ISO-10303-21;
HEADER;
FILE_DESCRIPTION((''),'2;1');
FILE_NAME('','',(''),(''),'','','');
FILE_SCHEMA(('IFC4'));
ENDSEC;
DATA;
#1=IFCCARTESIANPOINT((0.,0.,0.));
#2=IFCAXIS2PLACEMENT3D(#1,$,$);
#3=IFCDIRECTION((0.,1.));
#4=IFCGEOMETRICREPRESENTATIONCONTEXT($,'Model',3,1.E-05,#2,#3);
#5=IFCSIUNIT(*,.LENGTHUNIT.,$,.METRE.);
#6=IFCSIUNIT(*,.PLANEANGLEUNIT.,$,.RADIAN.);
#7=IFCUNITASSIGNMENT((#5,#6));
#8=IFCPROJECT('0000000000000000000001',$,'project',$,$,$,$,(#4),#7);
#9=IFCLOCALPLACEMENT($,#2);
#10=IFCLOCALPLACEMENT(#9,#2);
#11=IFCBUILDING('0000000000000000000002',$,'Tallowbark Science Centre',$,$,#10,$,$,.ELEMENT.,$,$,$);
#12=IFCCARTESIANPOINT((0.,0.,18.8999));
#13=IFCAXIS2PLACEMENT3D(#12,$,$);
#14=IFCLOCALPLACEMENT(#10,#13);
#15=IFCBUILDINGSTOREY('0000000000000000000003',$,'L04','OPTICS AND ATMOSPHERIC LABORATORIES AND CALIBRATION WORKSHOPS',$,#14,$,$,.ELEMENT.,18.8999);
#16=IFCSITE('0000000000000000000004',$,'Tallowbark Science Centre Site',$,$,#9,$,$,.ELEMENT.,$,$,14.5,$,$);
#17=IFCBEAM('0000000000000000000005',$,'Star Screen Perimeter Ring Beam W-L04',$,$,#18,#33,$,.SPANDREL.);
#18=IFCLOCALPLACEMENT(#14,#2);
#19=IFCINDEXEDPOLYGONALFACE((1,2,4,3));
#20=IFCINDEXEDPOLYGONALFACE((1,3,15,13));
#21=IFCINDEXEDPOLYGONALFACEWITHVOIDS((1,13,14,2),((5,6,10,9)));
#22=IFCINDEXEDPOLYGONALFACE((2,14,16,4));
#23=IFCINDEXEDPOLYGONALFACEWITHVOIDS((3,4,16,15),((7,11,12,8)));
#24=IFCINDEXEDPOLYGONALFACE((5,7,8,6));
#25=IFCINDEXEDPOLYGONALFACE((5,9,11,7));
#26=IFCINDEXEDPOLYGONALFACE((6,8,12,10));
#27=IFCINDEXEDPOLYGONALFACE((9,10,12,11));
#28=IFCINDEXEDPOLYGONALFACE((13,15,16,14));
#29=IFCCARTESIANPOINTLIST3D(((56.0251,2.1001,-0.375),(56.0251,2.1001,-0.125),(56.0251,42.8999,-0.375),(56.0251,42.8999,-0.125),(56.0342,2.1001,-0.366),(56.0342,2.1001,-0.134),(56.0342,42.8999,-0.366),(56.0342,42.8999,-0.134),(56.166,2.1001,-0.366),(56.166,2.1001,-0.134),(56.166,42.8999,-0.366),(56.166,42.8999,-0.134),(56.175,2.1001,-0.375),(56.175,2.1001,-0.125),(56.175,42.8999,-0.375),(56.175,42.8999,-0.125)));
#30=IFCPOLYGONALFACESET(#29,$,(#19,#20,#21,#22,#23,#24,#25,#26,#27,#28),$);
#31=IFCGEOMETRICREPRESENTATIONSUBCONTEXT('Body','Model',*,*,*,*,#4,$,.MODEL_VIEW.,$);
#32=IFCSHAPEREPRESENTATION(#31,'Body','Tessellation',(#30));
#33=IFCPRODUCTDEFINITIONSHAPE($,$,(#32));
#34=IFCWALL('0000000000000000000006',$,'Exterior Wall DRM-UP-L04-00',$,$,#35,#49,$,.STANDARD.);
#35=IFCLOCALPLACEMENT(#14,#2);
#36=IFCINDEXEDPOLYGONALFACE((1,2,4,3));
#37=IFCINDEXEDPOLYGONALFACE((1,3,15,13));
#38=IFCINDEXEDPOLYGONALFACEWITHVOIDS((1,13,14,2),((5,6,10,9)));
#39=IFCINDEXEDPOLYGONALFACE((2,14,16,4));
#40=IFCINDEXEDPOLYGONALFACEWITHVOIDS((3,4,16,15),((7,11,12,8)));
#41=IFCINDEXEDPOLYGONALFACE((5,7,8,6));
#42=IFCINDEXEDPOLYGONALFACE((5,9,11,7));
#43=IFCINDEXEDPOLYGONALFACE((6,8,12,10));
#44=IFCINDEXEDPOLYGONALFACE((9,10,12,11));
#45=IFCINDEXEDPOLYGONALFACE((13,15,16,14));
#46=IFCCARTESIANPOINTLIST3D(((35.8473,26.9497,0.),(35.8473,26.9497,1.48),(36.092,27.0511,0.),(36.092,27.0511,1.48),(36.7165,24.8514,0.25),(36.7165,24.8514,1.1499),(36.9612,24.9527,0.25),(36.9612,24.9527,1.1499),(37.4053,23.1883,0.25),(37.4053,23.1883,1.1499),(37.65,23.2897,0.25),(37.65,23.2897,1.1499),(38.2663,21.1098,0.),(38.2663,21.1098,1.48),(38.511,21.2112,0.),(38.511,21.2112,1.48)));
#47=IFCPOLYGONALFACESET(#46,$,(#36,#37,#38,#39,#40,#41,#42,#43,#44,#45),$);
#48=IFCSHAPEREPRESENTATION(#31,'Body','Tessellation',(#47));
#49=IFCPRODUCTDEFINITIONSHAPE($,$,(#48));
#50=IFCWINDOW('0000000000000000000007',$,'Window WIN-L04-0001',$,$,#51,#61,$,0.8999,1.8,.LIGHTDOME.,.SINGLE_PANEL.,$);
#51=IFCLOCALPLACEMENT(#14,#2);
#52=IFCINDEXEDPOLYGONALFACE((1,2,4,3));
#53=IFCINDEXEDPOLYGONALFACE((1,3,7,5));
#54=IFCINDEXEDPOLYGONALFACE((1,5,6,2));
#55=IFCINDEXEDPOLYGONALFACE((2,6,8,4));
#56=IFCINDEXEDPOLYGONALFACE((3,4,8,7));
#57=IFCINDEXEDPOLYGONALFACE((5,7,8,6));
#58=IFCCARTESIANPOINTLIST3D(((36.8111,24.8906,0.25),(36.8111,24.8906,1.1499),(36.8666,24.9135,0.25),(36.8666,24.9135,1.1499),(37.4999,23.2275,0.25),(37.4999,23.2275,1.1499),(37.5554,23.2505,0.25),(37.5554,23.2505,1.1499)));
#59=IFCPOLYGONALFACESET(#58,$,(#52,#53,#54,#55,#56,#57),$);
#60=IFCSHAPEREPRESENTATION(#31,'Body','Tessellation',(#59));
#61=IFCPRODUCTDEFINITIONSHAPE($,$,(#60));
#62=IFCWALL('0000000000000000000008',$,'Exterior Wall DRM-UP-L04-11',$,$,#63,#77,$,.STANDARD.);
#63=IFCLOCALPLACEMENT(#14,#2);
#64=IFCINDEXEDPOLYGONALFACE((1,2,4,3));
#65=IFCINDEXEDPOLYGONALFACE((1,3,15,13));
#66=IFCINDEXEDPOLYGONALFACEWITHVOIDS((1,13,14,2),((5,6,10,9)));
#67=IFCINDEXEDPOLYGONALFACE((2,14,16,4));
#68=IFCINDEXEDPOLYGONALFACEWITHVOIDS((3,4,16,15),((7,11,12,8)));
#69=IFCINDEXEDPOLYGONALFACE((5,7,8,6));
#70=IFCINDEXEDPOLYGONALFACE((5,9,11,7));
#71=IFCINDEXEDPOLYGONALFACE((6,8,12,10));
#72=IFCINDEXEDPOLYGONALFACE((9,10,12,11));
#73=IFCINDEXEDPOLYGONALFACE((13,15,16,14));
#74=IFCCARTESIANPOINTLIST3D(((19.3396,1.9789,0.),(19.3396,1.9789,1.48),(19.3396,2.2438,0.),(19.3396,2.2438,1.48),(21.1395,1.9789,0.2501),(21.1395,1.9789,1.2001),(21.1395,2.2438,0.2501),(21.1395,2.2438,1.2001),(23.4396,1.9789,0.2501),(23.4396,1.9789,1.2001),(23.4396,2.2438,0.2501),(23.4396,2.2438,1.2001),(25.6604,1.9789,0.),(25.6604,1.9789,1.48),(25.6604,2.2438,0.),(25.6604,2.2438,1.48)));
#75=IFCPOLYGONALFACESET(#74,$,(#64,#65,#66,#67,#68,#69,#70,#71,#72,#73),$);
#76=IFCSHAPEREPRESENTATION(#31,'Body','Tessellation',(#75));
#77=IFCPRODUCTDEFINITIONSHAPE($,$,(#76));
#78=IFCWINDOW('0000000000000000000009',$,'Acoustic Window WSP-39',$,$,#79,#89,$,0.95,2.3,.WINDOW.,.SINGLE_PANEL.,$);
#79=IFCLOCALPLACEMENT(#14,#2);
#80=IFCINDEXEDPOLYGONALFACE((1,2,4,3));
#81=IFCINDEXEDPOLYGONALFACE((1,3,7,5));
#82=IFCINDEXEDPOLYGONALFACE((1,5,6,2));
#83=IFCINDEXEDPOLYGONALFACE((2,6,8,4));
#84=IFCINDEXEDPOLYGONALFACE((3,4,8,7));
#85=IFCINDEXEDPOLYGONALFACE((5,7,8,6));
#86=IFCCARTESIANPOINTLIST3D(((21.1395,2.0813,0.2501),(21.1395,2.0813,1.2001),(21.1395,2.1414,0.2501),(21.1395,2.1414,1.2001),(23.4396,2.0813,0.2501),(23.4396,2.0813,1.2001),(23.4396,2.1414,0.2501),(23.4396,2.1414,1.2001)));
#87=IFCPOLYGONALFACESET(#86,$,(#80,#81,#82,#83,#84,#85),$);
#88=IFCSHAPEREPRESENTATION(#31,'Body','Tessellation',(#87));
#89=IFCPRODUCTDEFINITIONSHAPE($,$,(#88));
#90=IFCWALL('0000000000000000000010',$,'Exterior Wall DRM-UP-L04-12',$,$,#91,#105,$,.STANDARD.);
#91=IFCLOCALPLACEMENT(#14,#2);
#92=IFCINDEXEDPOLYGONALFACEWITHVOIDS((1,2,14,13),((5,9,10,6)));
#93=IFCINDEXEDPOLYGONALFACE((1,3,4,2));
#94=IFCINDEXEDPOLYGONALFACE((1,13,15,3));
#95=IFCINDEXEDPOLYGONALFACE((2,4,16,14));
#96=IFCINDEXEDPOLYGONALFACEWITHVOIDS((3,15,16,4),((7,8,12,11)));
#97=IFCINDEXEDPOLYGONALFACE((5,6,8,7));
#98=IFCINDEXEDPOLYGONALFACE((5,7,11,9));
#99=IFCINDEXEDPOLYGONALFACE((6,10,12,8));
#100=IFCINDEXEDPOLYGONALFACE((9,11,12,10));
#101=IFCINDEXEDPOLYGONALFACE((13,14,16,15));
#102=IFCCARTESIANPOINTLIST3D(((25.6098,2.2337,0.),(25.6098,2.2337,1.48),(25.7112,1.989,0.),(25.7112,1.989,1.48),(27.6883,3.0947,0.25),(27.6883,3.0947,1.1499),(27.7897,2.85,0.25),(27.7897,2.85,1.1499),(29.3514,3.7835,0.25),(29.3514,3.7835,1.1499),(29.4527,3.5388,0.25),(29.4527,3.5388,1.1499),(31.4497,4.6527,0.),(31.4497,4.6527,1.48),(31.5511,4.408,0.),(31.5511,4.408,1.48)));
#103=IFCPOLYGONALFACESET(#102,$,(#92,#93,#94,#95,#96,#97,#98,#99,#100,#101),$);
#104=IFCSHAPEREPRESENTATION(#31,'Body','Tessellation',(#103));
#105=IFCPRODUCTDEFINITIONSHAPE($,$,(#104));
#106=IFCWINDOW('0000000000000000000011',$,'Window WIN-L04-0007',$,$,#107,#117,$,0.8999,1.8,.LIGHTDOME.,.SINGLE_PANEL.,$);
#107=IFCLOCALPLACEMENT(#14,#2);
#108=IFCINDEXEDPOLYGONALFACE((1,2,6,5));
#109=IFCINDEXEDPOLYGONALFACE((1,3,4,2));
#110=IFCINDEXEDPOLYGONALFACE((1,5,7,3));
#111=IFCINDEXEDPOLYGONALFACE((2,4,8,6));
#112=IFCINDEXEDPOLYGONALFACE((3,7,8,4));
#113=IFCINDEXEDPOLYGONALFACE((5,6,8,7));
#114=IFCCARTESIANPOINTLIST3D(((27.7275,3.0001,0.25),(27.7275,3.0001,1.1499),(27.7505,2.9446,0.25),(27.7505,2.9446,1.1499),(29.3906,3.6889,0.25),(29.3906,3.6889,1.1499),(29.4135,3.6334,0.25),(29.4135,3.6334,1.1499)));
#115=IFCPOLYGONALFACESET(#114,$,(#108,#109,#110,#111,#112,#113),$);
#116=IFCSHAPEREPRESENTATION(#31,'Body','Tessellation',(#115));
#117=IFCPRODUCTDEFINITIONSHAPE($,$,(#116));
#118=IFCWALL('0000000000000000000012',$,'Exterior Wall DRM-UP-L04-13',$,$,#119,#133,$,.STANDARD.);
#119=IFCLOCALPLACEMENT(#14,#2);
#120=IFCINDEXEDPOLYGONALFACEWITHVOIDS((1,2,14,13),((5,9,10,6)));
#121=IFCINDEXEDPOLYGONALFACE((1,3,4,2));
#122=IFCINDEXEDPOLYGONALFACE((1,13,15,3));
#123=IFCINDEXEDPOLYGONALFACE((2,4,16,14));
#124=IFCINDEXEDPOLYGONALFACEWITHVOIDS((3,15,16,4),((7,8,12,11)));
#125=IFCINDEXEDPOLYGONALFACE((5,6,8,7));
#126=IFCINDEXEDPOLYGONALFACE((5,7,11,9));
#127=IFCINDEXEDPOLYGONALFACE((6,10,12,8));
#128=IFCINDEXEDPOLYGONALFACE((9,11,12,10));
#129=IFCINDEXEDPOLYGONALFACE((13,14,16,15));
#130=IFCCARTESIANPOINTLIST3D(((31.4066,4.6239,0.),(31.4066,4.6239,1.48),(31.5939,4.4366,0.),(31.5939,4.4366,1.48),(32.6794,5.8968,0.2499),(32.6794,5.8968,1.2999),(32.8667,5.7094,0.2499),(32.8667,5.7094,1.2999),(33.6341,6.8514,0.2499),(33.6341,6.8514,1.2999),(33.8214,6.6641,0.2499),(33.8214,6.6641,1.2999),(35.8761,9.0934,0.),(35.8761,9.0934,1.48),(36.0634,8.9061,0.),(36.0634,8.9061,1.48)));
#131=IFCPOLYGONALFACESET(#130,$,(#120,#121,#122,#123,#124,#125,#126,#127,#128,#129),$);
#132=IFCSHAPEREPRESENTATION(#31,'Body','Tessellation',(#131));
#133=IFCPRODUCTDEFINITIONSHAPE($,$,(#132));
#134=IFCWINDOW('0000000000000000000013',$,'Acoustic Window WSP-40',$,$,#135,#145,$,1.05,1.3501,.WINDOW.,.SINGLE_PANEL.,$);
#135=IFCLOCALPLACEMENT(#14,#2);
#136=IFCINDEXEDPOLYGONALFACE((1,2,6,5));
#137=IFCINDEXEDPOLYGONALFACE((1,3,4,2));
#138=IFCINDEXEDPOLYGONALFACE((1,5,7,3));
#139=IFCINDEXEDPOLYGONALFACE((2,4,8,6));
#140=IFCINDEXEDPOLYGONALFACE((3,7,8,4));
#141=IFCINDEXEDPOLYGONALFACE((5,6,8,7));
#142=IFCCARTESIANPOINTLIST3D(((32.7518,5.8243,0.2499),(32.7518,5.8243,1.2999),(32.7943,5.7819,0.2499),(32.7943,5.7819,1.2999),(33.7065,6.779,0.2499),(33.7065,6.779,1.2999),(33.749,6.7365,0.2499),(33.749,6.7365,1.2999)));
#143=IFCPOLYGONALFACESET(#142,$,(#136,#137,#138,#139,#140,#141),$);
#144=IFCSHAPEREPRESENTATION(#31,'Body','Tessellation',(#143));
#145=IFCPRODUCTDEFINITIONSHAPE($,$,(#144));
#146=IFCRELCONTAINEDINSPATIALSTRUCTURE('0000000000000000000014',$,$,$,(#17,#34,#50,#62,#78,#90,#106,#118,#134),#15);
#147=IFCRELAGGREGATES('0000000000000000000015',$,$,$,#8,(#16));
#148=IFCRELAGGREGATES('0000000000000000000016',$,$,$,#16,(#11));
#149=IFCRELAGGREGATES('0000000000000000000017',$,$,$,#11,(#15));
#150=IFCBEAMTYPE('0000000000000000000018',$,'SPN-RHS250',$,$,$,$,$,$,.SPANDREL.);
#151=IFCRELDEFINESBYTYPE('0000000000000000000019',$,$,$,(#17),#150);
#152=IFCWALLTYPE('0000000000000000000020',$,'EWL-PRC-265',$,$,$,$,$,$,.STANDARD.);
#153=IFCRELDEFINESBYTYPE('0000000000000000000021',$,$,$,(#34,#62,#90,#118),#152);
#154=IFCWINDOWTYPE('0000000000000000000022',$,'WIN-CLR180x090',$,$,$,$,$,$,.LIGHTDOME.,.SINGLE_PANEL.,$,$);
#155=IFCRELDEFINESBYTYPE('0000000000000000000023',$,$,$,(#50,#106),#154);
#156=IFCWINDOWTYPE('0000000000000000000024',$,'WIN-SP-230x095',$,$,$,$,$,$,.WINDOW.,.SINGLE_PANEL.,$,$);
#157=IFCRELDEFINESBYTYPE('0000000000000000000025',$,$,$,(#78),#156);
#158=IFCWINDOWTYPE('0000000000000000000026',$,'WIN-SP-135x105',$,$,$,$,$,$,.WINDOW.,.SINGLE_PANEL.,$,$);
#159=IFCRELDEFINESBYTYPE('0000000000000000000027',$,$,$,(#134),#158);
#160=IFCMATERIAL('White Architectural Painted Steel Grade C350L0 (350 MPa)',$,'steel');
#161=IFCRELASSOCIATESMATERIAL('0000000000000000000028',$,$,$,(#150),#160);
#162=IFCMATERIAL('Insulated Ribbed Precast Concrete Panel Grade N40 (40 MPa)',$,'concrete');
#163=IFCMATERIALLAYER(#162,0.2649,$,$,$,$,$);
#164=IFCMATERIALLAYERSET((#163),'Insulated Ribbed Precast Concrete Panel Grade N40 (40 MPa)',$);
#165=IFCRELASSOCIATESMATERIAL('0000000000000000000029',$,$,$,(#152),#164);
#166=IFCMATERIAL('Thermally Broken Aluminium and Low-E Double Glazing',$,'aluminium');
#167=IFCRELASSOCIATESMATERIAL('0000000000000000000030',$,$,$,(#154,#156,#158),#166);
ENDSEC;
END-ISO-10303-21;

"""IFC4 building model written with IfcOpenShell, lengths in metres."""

from ifc_helpers import new_model, si_unit, direction, frame, frame_2d, origin, origin_2d, place, context, subcontext, project, spatial, rectangle, hollow_rectangle, extrude, material, layer, layer_set, material_profile, profile_set, type_object, element, fill, save


model = new_model("IFC4")

# Units and contexts
model_context = context("Model", 3, precision=1e-05, world=origin(), true_north=direction((0.0, 1.0)))
body_context = subcontext(model_context, "Body", "Model", "MODEL_VIEW")
ifc_project = project(units=[si_unit("LENGTHUNIT", "METRE"), si_unit("PLANEANGLEUNIT", "RADIAN")], contexts=[model_context])

# Site, building, storey
site_placement = place(None, origin())
site = spatial("IfcSite", under=ifc_project, at=site_placement, Name="Tallowbark Science Centre Site", CompositionType="ELEMENT", RefElevation=14.5)
building_placement = place(site_placement, origin())
building = spatial("IfcBuilding", under=site, at=building_placement, Name="Tallowbark Science Centre", CompositionType="ELEMENT")
storey_placement = place(building_placement, frame((0.0, 0.0, 18.8999)))
storey = spatial("IfcBuildingStorey", under=building, at=storey_placement, Name="L04", Description="OPTICS AND ATMOSPHERIC LABORATORIES AND CALIBRATION WORKSHOPS", CompositionType="ELEMENT", Elevation=18.8999)

# Shared definitions
ifc_material_1 = material(Name="White Architectural Painted Steel Grade C350L0 (350 MPa)", Category="steel")

# Beam
ifc_material_profile_1 = material_profile(ifc_material_1, hollow_rectangle(XDim=0.1499, YDim=0.25, WallThickness=0.009, at=origin_2d()), Name="250x150x9.0RHS")
ifc_profile_set_1 = profile_set([ifc_material_profile_1], Name="White Architectural Painted Steel Grade C350L0 (350 MPa)")
beam_type = type_object("IfcBeamType", Name="SPN-RHS250", PredefinedType="SPANDREL", material=ifc_profile_set_1)
beam_1_placement = place(storey_placement, frame((56.1001, 2.1001, -0.25), z_axis=(0.0, 1.0, 0.0), x_axis=(-1.0, 0.0, 0.0)))
element("IfcBeam", 1, at=beam_1_placement, inside=storey, type_object=beam_type, Name="Star Screen Perimeter Ring Beam W-L04", PredefinedType="SPANDREL", context=body_context, shape_type="SweptSolid", body=[
    extrude(hollow_rectangle(XDim=0.1499, YDim=0.25, WallThickness=0.009, at=origin_2d()), origin(), (0.0, 0.0, 1.0), 40.7998),
])

# Walls, openings, windows
ifc_material_2 = material(Name="Insulated Ribbed Precast Concrete Panel Grade N40 (40 MPa)", Category="concrete")
ifc_layer_1 = layer(ifc_material_2, 0.2649)
ifc_layer_set_1 = layer_set([ifc_layer_1], Name="Insulated Ribbed Precast Concrete Panel Grade N40 (40 MPa)")
wall_type = type_object("IfcWallType", Name="EWL-PRC-265", PredefinedType="STANDARD", material=ifc_layer_set_1)
wall_1_placement = place(storey_placement, frame((38.3887, 21.1604, 0.0), z_axis=(0.0, 0.0, 1.0), x_axis=(-0.382684, 0.923879, 0.0)))
wall_1 = element("IfcWall", 2, at=wall_1_placement, inside=storey, type_object=wall_type, Name="Exterior Wall DRM-UP-L04-00", PredefinedType="STANDARD", context=body_context, shape_type="SweptSolid", body=[
    extrude(rectangle(XDim=6.321, YDim=0.2649, at=frame_2d((3.1606, 0.0))), origin(), (0.0, 0.0, 1.0), 1.48),
])
opening_1_placement = place(wall_1_placement, frame((2.25, 0.0, 0.25)))
opening_1 = element("IfcOpeningElement", 3, at=opening_1_placement, cuts=wall_1, PredefinedType="OPENING", context=body_context, shape_type="SweptSolid", body=[
    extrude(rectangle(XDim=1.8, YDim=0.8999, at=frame_2d((0.8999, 0.45))), frame((0.0, 0.1426, 0.0), z_axis=(0.0, -1.0, 0.0), x_axis=(1.0, 0.0, 0.0)), (0.0, 0.0, 1.0), 0.2849),
])
ifc_material_3 = material(Name="Thermally Broken Aluminium and Low-E Double Glazing", Category="aluminium")
window_type_1 = type_object("IfcWindowType", Name="WIN-CLR180x090", PartitioningType="SINGLE_PANEL", PredefinedType="LIGHTDOME", material=ifc_material_3)
window_1_placement = place(opening_1_placement, origin())
window_1 = element("IfcWindow", 4, at=window_1_placement, inside=storey, type_object=window_type_1, Name="Window WIN-L04-0001", OverallHeight=0.8999, OverallWidth=1.8, PartitioningType="SINGLE_PANEL", PredefinedType="LIGHTDOME", context=body_context, shape_type="SweptSolid", body=[
    extrude(rectangle(XDim=1.8, YDim=0.8999, at=frame_2d((0.8999, 0.45))), frame((0.0, 0.03, 0.0), z_axis=(0.0, -1.0, 0.0), x_axis=(1.0, 0.0, 0.0)), (0.0, 0.0, 1.0), 0.0601),
])
fill(opening_1, window_1)
wall_2_placement = place(storey_placement, frame((19.3396, 2.1113, 0.0), z_axis=(0.0, 0.0, 1.0), x_axis=(1.0, 0.0, 0.0)))
wall_2 = element("IfcWall", 5, at=wall_2_placement, inside=storey, type_object=wall_type, Name="Exterior Wall DRM-UP-L04-11", PredefinedType="STANDARD", context=body_context, shape_type="SweptSolid", body=[
    extrude(rectangle(XDim=6.3208, YDim=0.2649, at=frame_2d((3.1604, 0.0))), origin(), (0.0, 0.0, 1.0), 1.48),
])
opening_2_placement = place(wall_2_placement, frame((1.8, 0.0, 0.25)))
opening_2 = element("IfcOpeningElement", 6, at=opening_2_placement, cuts=wall_2, PredefinedType="OPENING", context=body_context, shape_type="SweptSolid", body=[
    extrude(rectangle(XDim=2.3, YDim=0.95, at=frame_2d((1.1499, 0.4751))), frame((0.0, 0.1426, 0.0), z_axis=(0.0, -1.0, 0.0), x_axis=(1.0, 0.0, 0.0)), (0.0, 0.0, 1.0), 0.2849),
])
window_type_2 = type_object("IfcWindowType", Name="WIN-SP-230x095", PartitioningType="SINGLE_PANEL", PredefinedType="WINDOW", material=ifc_material_3)
window_2_placement = place(opening_2_placement, origin())
window_2 = element("IfcWindow", 7, at=window_2_placement, inside=storey, type_object=window_type_2, Name="Acoustic Window WSP-39", OverallHeight=0.95, OverallWidth=2.3, PartitioningType="SINGLE_PANEL", PredefinedType="WINDOW", context=body_context, shape_type="SweptSolid", body=[
    extrude(rectangle(XDim=2.3, YDim=0.95, at=frame_2d((1.1499, 0.4751))), frame((0.0, 0.03, 0.0), z_axis=(0.0, -1.0, 0.0), x_axis=(1.0, 0.0, 0.0)), (0.0, 0.0, 1.0), 0.0601),
])
fill(opening_2, window_2)
wall_3_placement = place(storey_placement, frame((25.6604, 2.1113, 0.0), z_axis=(0.0, 0.0, 1.0), x_axis=(0.923879, 0.382684, 0.0)))
wall_3 = element("IfcWall", 8, at=wall_3_placement, inside=storey, type_object=wall_type, Name="Exterior Wall DRM-UP-L04-12", PredefinedType="STANDARD", context=body_context, shape_type="SweptSolid", body=[
    extrude(rectangle(XDim=6.321, YDim=0.2649, at=frame_2d((3.1606, 0.0))), origin(), (0.0, 0.0, 1.0), 1.48),
])
opening_3_placement = place(wall_3_placement, frame((2.25, 0.0, 0.25)))
opening_3 = element("IfcOpeningElement", 9, at=opening_3_placement, cuts=wall_3, PredefinedType="OPENING", context=body_context, shape_type="SweptSolid", body=[
    extrude(rectangle(XDim=1.8, YDim=0.8999, at=frame_2d((0.8999, 0.45))), frame((0.0, 0.1426, 0.0), z_axis=(0.0, -1.0, 0.0), x_axis=(1.0, 0.0, 0.0)), (0.0, 0.0, 1.0), 0.2849),
])
window_3_placement = place(opening_3_placement, origin())
window_3 = element("IfcWindow", 10, at=window_3_placement, inside=storey, type_object=window_type_1, Name="Window WIN-L04-0007", OverallHeight=0.8999, OverallWidth=1.8, PartitioningType="SINGLE_PANEL", PredefinedType="LIGHTDOME", context=body_context, shape_type="SweptSolid", body=[
    extrude(rectangle(XDim=1.8, YDim=0.8999, at=frame_2d((0.8999, 0.45))), frame((0.0, 0.03, 0.0), z_axis=(0.0, -1.0, 0.0), x_axis=(1.0, 0.0, 0.0)), (0.0, 0.0, 1.0), 0.0601),
])
fill(opening_3, window_3)
wall_4_placement = place(storey_placement, frame((31.5002, 4.5303, 0.0), z_axis=(0.0, 0.0, 1.0), x_axis=(0.707107, 0.707107, 0.0)))
wall_4 = element("IfcWall", 11, at=wall_4_placement, inside=storey, type_object=wall_type, Name="Exterior Wall DRM-UP-L04-13", PredefinedType="STANDARD", context=body_context, shape_type="SweptSolid", body=[
    extrude(rectangle(XDim=6.3208, YDim=0.2649, at=frame_2d((3.1604, 0.0))), origin(), (0.0, 0.0, 1.0), 1.48),
])
opening_4_placement = place(wall_4_placement, frame((1.8, 0.0, 0.25)))
opening_4 = element("IfcOpeningElement", 12, at=opening_4_placement, cuts=wall_4, PredefinedType="OPENING", context=body_context, shape_type="SweptSolid", body=[
    extrude(rectangle(XDim=1.3501, YDim=1.05, at=frame_2d((0.675, 0.5249))), frame((0.0, 0.1426, 0.0), z_axis=(0.0, -1.0, 0.0), x_axis=(1.0, 0.0, 0.0)), (0.0, 0.0, 1.0), 0.2849),
])
window_type_3 = type_object("IfcWindowType", Name="WIN-SP-135x105", PartitioningType="SINGLE_PANEL", PredefinedType="WINDOW", material=ifc_material_3)
window_4_placement = place(opening_4_placement, origin())
window_4 = element("IfcWindow", 13, at=window_4_placement, inside=storey, type_object=window_type_3, Name="Acoustic Window WSP-40", OverallHeight=1.05, OverallWidth=1.3501, PartitioningType="SINGLE_PANEL", PredefinedType="WINDOW", context=body_context, shape_type="SweptSolid", body=[
    extrude(rectangle(XDim=1.3501, YDim=1.05, at=frame_2d((0.675, 0.5249))), frame((0.0, 0.03, 0.0), z_axis=(0.0, -1.0, 0.0), x_axis=(1.0, 0.0, 0.0)), (0.0, 0.0, 1.0), 0.0601),
])
fill(opening_4, window_4)

save(model, "model.ifc")
